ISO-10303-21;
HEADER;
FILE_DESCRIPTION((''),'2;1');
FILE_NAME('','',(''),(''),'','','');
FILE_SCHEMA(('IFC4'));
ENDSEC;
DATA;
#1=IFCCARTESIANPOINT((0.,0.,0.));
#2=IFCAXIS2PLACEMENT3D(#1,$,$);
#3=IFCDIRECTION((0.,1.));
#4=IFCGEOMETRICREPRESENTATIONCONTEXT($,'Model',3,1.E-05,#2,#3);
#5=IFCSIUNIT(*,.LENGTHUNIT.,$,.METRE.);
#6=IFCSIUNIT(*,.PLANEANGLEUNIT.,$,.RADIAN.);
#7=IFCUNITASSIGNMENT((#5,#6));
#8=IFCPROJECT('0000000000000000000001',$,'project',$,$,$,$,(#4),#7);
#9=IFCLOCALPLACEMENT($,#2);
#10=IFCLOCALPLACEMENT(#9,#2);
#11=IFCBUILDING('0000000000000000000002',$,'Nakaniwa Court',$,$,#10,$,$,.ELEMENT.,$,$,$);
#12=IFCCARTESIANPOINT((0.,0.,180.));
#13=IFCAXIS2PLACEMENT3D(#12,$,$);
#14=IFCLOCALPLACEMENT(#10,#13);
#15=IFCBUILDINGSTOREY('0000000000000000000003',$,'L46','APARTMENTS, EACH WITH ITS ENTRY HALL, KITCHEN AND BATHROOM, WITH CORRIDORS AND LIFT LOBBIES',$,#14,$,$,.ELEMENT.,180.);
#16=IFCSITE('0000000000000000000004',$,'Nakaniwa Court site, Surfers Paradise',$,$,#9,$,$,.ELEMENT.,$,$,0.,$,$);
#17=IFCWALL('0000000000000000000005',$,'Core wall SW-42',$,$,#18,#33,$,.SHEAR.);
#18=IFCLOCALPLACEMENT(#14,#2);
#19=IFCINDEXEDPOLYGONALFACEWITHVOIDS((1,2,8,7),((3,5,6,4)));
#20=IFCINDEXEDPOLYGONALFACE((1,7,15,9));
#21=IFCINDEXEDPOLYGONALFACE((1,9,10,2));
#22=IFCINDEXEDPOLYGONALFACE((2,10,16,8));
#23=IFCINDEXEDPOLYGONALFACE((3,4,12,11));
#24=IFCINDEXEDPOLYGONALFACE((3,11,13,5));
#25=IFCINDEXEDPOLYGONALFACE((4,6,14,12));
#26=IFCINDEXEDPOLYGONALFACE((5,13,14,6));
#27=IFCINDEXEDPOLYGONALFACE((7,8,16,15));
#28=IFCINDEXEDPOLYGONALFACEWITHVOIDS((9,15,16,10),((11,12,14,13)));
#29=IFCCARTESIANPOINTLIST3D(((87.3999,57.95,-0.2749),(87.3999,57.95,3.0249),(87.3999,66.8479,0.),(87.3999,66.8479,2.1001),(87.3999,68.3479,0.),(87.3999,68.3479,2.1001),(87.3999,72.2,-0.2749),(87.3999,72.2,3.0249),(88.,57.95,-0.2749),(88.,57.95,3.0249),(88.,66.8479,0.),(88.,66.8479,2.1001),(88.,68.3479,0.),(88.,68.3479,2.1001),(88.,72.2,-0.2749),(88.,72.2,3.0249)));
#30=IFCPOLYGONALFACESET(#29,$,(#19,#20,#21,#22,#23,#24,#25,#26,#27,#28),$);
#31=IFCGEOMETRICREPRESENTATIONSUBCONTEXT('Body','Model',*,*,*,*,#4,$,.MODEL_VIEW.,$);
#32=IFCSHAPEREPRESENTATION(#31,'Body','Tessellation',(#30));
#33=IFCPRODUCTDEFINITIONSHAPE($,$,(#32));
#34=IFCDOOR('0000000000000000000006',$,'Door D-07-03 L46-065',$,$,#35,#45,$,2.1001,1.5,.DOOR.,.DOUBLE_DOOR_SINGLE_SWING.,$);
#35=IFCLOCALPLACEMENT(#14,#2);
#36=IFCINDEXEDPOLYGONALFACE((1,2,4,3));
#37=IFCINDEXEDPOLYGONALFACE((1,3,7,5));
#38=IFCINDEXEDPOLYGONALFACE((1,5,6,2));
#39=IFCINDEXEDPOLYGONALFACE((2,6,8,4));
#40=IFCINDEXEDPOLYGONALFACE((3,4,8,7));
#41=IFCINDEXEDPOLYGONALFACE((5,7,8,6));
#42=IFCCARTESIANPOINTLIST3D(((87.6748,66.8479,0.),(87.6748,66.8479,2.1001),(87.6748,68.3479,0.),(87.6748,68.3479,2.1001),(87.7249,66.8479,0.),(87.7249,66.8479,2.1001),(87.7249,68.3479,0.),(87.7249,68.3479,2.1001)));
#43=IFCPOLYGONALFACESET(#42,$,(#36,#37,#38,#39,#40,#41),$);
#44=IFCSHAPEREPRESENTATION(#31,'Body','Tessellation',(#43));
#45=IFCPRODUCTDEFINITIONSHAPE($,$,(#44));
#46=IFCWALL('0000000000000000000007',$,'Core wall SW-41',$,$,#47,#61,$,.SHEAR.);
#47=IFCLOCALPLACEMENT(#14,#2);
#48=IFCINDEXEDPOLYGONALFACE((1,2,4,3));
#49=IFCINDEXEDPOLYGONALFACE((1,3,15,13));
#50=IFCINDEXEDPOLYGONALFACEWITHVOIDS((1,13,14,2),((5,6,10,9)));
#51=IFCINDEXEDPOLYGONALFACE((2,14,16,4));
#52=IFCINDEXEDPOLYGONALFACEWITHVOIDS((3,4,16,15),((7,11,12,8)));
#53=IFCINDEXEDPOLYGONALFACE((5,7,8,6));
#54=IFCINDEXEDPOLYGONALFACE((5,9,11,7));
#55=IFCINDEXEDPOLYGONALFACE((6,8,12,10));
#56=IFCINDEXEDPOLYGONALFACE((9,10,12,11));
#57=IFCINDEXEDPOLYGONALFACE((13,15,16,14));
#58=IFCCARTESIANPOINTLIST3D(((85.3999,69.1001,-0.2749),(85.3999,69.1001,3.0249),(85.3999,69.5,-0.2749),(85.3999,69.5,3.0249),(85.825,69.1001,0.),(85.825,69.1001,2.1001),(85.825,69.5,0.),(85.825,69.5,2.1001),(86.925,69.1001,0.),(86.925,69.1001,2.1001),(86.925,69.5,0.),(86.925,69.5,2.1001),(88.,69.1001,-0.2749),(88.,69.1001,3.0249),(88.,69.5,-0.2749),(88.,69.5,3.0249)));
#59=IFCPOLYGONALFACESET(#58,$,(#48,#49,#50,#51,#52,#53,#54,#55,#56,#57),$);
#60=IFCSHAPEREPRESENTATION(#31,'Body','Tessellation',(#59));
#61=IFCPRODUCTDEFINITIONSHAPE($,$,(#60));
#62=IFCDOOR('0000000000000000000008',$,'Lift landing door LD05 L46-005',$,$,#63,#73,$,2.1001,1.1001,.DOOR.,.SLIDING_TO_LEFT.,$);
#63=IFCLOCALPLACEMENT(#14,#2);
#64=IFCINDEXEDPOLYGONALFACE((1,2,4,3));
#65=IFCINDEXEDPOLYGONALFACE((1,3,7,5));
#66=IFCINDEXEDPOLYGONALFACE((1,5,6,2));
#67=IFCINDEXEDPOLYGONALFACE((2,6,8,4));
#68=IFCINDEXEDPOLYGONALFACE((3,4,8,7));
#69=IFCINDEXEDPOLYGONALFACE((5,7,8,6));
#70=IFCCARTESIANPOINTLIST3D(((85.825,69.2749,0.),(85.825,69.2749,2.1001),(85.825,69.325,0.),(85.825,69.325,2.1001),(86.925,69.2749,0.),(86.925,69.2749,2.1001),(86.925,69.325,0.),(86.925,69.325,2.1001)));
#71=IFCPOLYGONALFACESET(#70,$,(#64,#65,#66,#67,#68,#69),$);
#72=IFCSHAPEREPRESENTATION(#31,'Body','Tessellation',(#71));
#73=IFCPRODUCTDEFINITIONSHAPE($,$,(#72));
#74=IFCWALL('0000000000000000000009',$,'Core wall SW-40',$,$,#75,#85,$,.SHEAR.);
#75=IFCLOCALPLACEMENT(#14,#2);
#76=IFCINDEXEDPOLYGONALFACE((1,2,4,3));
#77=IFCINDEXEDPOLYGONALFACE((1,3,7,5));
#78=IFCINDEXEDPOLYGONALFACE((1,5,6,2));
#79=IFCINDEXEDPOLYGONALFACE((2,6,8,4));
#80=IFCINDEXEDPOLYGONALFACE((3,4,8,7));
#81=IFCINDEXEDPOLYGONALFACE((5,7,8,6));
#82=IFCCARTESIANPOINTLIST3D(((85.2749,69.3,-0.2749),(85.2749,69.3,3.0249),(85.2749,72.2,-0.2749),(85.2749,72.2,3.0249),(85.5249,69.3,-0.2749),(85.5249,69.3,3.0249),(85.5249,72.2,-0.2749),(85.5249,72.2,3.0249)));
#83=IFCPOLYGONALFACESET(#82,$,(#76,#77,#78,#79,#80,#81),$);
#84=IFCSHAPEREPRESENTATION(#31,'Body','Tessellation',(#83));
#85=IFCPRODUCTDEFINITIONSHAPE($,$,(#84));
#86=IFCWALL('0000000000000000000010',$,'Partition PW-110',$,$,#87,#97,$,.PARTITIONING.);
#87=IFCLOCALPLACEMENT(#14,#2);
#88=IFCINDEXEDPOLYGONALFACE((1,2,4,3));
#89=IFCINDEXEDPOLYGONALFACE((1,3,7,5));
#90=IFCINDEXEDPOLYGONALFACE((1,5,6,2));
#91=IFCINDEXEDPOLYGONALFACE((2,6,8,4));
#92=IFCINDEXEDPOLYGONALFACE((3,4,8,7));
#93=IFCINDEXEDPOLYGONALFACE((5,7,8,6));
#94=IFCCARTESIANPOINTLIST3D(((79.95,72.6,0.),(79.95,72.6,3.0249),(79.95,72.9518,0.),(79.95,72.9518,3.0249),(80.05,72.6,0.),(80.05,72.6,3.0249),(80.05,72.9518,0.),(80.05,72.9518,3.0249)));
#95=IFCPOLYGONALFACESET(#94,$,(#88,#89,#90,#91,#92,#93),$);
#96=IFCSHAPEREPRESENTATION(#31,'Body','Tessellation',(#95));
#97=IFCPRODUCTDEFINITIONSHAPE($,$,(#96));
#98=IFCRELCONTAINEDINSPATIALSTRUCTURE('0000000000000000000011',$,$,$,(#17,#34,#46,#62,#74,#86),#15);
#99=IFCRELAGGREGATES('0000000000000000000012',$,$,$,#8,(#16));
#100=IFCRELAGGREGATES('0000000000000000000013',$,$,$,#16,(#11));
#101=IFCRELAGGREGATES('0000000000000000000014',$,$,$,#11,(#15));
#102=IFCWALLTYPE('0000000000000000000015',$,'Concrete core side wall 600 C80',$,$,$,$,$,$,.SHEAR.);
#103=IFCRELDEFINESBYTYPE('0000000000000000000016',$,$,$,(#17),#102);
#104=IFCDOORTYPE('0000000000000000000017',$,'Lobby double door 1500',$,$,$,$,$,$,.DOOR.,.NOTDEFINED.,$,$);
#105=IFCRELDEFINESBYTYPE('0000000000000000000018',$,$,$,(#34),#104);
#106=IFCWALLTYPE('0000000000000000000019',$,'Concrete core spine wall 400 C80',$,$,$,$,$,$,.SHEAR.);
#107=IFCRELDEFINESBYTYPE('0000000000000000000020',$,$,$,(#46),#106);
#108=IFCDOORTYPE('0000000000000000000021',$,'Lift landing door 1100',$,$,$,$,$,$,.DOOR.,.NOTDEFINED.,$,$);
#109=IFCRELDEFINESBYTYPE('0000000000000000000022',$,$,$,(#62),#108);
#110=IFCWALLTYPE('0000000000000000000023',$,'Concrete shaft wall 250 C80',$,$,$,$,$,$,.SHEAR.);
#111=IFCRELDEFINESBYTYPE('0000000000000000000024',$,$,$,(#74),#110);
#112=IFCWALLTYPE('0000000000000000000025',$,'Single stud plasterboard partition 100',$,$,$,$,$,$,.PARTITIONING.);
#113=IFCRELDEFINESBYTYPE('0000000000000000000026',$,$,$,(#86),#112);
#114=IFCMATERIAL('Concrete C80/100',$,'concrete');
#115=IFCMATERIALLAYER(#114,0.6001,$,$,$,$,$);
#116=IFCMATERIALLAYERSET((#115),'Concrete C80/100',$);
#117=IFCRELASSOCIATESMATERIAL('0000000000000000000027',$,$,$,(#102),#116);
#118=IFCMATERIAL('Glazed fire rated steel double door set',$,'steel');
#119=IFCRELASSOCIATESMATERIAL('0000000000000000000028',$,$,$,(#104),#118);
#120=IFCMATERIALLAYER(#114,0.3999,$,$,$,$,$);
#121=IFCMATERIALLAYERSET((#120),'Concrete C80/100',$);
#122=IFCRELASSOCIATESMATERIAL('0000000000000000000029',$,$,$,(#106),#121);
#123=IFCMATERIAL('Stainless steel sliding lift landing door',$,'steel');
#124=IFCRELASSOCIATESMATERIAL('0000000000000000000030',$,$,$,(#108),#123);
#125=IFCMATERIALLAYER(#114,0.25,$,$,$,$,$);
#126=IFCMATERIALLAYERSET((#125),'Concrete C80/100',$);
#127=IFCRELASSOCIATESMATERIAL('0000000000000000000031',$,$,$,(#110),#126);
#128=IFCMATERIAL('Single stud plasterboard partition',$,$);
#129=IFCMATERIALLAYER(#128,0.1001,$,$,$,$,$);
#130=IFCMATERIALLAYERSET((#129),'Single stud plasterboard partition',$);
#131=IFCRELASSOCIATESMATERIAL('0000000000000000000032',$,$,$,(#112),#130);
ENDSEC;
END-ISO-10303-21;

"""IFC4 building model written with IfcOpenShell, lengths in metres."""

from ifc_helpers import new_model, si_unit, direction, frame, frame_2d, origin, place, context, subcontext, project, spatial, rectangle, extrude, material, layer, layer_set, type_object, element, fill, save


model = new_model("IFC4")

# Units and contexts
model_context = context("Model", 3, precision=1e-05, world=origin(), true_north=direction((0.0, 1.0)))
body_context = subcontext(model_context, "Body", "Model", "MODEL_VIEW")
ifc_project = project(units=[si_unit("LENGTHUNIT", "METRE"), si_unit("PLANEANGLEUNIT", "RADIAN")], contexts=[model_context])

# Site, building, storey
site_placement = place(None, origin())
site = spatial("IfcSite", under=ifc_project, at=site_placement, Name="Nakaniwa Court site, Surfers Paradise", CompositionType="ELEMENT", RefElevation=0.0)
building_placement = place(site_placement, origin())
building = spatial("IfcBuilding", under=site, at=building_placement, Name="Nakaniwa Court", CompositionType="ELEMENT")
storey_placement = place(building_placement, frame((0.0, 0.0, 180.0)))
storey = spatial("IfcBuildingStorey", under=building, at=storey_placement, Name="L46", Description="APARTMENTS, EACH WITH ITS ENTRY HALL, KITCHEN AND BATHROOM, WITH CORRIDORS AND LIFT LOBBIES", CompositionType="ELEMENT", Elevation=180.0)

# Shared definitions
ifc_material_1 = material(Name="Concrete C80/100", Category="concrete")

# Walls, openings, doors
ifc_layer_1 = layer(ifc_material_1, 0.6001)
ifc_layer_set_1 = layer_set([ifc_layer_1], Name="Concrete C80/100")
wall_type_1 = type_object("IfcWallType", Name="Concrete core side wall 600 C80", PredefinedType="SHEAR", material=ifc_layer_set_1)
wall_1_placement = place(storey_placement, frame((87.7, 72.2, -0.2749), z_axis=(0.0, 0.0, 1.0), x_axis=(0.0, -1.0, 0.0)))
wall_1 = element("IfcWall", 1, at=wall_1_placement, inside=storey, type_object=wall_type_1, Name="Core wall SW-42", PredefinedType="SHEAR", context=body_context, shape_type="SweptSolid", body=[
    extrude(rectangle(XDim=14.25, YDim=0.6001, at=frame_2d((7.125, 0.0))), origin(), (0.0, 0.0, 1.0), 3.2998),
])
opening_1_placement = place(wall_1_placement, frame((3.8521, 0.0, 0.2749)))
opening_1 = element("IfcOpeningElement", 2, at=opening_1_placement, cuts=wall_1, PredefinedType="OPENING", context=body_context, shape_type="SweptSolid", body=[
    extrude(rectangle(XDim=1.5, YDim=2.1001, at=frame_2d((0.75, 1.05))), frame((0.0, 0.3101, 0.0), z_axis=(0.0, -1.0, 0.0), x_axis=(1.0, 0.0, 0.0)), (0.0, 0.0, 1.0), 0.6201),
])
ifc_material_2 = material(Name="Glazed fire rated steel double door set", Category="steel")
door_type_1 = type_object("IfcDoorType", Name="Lobby double door 1500", OperationType="NOTDEFINED", PredefinedType="DOOR", material=ifc_material_2)
door_1_placement = place(opening_1_placement, origin())
door_1 = element("IfcDoor", 3, at=door_1_placement, inside=storey, type_object=door_type_1, Name="Door D-07-03 L46-065", OperationType="DOUBLE_DOOR_SINGLE_SWING", OverallHeight=2.1001, OverallWidth=1.5, PredefinedType="DOOR", context=body_context, shape_type="SweptSolid", body=[
    extrude(rectangle(XDim=1.5, YDim=2.1001, at=frame_2d((0.75, 1.05))), frame((0.0, 0.0249, 0.0), z_axis=(0.0, -1.0, 0.0), x_axis=(1.0, 0.0, 0.0)), (0.0, 0.0, 1.0), 0.05),
])
fill(opening_1, door_1)
ifc_layer_2 = layer(ifc_material_1, 0.3999)
ifc_layer_set_2 = layer_set([ifc_layer_2], Name="Concrete C80/100")
wall_type_2 = type_object("IfcWallType", Name="Concrete core spine wall 400 C80", PredefinedType="SHEAR", material=ifc_layer_set_2)
wall_2_placement = place(storey_placement, frame((85.3999, 69.3, -0.2749), z_axis=(0.0, 0.0, 1.0), x_axis=(1.0, 0.0, 0.0)))
wall_2 = element("IfcWall", 4, at=wall_2_placement, inside=storey, type_object=wall_type_2, Name="Core wall SW-41", PredefinedType="SHEAR", context=body_context, shape_type="SweptSolid", body=[
    extrude(rectangle(XDim=2.6001, YDim=0.3999, at=frame_2d((1.3, 0.0))), origin(), (0.0, 0.0, 1.0), 3.2998),
])
opening_2_placement = place(wall_2_placement, frame((0.425, 0.0, 0.2749)))
opening_2 = element("IfcOpeningElement", 5, at=opening_2_placement, cuts=wall_2, PredefinedType="OPENING", context=body_context, shape_type="SweptSolid", body=[
    extrude(rectangle(XDim=1.1001, YDim=2.1001, at=frame_2d((0.55, 1.05))), frame((0.0, 0.21, 0.0), z_axis=(0.0, -1.0, 0.0), x_axis=(1.0, 0.0, 0.0)), (0.0, 0.0, 1.0), 0.4199),
])
ifc_material_3 = material(Name="Stainless steel sliding lift landing door", Category="steel")
door_type_2 = type_object("IfcDoorType", Name="Lift landing door 1100", OperationType="NOTDEFINED", PredefinedType="DOOR", material=ifc_material_3)
door_2_placement = place(opening_2_placement, origin())
door_2 = element("IfcDoor", 6, at=door_2_placement, inside=storey, type_object=door_type_2, Name="Lift landing door LD05 L46-005", OperationType="SLIDING_TO_LEFT", OverallHeight=2.1001, OverallWidth=1.1001, PredefinedType="DOOR", context=body_context, shape_type="SweptSolid", body=[
    extrude(rectangle(XDim=1.1001, YDim=2.1001, at=frame_2d((0.55, 1.05))), frame((0.0, 0.0249, 0.0), z_axis=(0.0, -1.0, 0.0), x_axis=(1.0, 0.0, 0.0)), (0.0, 0.0, 1.0), 0.05),
])
fill(opening_2, door_2)

# Walls
ifc_layer_3 = layer(ifc_material_1, 0.25)
ifc_layer_set_3 = layer_set([ifc_layer_3], Name="Concrete C80/100")
wall_type_3 = type_object("IfcWallType", Name="Concrete shaft wall 250 C80", PredefinedType="SHEAR", material=ifc_layer_set_3)
wall_3_placement = place(storey_placement, frame((85.3999, 69.3, -0.2749), z_axis=(0.0, 0.0, 1.0), x_axis=(0.0, 1.0, 0.0)))
element("IfcWall", 7, at=wall_3_placement, inside=storey, type_object=wall_type_3, Name="Core wall SW-40", PredefinedType="SHEAR", context=body_context, shape_type="SweptSolid", body=[
    extrude(rectangle(XDim=2.8999, YDim=0.25, at=frame_2d((1.45, 0.0))), origin(), (0.0, 0.0, 1.0), 3.2998),
])
ifc_material_4 = material(Name="Single stud plasterboard partition")
ifc_layer_4 = layer(ifc_material_4, 0.1001)
ifc_layer_set_4 = layer_set([ifc_layer_4], Name="Single stud plasterboard partition")
wall_type_4 = type_object("IfcWallType", Name="Single stud plasterboard partition 100", PredefinedType="PARTITIONING", material=ifc_layer_set_4)
wall_4_placement = place(storey_placement, frame((80.0, 72.6001, 0.0), z_axis=(0.0, 0.0, 1.0), x_axis=(0.0, 1.0, 0.0)))
element("IfcWall", 8, at=wall_4_placement, inside=storey, type_object=wall_type_4, Name="Partition PW-110", PredefinedType="PARTITIONING", context=body_context, shape_type="SweptSolid", body=[
    extrude(rectangle(XDim=0.3518, YDim=0.1001, at=frame_2d((0.1758, 0.0))), origin(), (0.0, 0.0, 1.0), 3.0249),
])

save(model, "model.ifc")
